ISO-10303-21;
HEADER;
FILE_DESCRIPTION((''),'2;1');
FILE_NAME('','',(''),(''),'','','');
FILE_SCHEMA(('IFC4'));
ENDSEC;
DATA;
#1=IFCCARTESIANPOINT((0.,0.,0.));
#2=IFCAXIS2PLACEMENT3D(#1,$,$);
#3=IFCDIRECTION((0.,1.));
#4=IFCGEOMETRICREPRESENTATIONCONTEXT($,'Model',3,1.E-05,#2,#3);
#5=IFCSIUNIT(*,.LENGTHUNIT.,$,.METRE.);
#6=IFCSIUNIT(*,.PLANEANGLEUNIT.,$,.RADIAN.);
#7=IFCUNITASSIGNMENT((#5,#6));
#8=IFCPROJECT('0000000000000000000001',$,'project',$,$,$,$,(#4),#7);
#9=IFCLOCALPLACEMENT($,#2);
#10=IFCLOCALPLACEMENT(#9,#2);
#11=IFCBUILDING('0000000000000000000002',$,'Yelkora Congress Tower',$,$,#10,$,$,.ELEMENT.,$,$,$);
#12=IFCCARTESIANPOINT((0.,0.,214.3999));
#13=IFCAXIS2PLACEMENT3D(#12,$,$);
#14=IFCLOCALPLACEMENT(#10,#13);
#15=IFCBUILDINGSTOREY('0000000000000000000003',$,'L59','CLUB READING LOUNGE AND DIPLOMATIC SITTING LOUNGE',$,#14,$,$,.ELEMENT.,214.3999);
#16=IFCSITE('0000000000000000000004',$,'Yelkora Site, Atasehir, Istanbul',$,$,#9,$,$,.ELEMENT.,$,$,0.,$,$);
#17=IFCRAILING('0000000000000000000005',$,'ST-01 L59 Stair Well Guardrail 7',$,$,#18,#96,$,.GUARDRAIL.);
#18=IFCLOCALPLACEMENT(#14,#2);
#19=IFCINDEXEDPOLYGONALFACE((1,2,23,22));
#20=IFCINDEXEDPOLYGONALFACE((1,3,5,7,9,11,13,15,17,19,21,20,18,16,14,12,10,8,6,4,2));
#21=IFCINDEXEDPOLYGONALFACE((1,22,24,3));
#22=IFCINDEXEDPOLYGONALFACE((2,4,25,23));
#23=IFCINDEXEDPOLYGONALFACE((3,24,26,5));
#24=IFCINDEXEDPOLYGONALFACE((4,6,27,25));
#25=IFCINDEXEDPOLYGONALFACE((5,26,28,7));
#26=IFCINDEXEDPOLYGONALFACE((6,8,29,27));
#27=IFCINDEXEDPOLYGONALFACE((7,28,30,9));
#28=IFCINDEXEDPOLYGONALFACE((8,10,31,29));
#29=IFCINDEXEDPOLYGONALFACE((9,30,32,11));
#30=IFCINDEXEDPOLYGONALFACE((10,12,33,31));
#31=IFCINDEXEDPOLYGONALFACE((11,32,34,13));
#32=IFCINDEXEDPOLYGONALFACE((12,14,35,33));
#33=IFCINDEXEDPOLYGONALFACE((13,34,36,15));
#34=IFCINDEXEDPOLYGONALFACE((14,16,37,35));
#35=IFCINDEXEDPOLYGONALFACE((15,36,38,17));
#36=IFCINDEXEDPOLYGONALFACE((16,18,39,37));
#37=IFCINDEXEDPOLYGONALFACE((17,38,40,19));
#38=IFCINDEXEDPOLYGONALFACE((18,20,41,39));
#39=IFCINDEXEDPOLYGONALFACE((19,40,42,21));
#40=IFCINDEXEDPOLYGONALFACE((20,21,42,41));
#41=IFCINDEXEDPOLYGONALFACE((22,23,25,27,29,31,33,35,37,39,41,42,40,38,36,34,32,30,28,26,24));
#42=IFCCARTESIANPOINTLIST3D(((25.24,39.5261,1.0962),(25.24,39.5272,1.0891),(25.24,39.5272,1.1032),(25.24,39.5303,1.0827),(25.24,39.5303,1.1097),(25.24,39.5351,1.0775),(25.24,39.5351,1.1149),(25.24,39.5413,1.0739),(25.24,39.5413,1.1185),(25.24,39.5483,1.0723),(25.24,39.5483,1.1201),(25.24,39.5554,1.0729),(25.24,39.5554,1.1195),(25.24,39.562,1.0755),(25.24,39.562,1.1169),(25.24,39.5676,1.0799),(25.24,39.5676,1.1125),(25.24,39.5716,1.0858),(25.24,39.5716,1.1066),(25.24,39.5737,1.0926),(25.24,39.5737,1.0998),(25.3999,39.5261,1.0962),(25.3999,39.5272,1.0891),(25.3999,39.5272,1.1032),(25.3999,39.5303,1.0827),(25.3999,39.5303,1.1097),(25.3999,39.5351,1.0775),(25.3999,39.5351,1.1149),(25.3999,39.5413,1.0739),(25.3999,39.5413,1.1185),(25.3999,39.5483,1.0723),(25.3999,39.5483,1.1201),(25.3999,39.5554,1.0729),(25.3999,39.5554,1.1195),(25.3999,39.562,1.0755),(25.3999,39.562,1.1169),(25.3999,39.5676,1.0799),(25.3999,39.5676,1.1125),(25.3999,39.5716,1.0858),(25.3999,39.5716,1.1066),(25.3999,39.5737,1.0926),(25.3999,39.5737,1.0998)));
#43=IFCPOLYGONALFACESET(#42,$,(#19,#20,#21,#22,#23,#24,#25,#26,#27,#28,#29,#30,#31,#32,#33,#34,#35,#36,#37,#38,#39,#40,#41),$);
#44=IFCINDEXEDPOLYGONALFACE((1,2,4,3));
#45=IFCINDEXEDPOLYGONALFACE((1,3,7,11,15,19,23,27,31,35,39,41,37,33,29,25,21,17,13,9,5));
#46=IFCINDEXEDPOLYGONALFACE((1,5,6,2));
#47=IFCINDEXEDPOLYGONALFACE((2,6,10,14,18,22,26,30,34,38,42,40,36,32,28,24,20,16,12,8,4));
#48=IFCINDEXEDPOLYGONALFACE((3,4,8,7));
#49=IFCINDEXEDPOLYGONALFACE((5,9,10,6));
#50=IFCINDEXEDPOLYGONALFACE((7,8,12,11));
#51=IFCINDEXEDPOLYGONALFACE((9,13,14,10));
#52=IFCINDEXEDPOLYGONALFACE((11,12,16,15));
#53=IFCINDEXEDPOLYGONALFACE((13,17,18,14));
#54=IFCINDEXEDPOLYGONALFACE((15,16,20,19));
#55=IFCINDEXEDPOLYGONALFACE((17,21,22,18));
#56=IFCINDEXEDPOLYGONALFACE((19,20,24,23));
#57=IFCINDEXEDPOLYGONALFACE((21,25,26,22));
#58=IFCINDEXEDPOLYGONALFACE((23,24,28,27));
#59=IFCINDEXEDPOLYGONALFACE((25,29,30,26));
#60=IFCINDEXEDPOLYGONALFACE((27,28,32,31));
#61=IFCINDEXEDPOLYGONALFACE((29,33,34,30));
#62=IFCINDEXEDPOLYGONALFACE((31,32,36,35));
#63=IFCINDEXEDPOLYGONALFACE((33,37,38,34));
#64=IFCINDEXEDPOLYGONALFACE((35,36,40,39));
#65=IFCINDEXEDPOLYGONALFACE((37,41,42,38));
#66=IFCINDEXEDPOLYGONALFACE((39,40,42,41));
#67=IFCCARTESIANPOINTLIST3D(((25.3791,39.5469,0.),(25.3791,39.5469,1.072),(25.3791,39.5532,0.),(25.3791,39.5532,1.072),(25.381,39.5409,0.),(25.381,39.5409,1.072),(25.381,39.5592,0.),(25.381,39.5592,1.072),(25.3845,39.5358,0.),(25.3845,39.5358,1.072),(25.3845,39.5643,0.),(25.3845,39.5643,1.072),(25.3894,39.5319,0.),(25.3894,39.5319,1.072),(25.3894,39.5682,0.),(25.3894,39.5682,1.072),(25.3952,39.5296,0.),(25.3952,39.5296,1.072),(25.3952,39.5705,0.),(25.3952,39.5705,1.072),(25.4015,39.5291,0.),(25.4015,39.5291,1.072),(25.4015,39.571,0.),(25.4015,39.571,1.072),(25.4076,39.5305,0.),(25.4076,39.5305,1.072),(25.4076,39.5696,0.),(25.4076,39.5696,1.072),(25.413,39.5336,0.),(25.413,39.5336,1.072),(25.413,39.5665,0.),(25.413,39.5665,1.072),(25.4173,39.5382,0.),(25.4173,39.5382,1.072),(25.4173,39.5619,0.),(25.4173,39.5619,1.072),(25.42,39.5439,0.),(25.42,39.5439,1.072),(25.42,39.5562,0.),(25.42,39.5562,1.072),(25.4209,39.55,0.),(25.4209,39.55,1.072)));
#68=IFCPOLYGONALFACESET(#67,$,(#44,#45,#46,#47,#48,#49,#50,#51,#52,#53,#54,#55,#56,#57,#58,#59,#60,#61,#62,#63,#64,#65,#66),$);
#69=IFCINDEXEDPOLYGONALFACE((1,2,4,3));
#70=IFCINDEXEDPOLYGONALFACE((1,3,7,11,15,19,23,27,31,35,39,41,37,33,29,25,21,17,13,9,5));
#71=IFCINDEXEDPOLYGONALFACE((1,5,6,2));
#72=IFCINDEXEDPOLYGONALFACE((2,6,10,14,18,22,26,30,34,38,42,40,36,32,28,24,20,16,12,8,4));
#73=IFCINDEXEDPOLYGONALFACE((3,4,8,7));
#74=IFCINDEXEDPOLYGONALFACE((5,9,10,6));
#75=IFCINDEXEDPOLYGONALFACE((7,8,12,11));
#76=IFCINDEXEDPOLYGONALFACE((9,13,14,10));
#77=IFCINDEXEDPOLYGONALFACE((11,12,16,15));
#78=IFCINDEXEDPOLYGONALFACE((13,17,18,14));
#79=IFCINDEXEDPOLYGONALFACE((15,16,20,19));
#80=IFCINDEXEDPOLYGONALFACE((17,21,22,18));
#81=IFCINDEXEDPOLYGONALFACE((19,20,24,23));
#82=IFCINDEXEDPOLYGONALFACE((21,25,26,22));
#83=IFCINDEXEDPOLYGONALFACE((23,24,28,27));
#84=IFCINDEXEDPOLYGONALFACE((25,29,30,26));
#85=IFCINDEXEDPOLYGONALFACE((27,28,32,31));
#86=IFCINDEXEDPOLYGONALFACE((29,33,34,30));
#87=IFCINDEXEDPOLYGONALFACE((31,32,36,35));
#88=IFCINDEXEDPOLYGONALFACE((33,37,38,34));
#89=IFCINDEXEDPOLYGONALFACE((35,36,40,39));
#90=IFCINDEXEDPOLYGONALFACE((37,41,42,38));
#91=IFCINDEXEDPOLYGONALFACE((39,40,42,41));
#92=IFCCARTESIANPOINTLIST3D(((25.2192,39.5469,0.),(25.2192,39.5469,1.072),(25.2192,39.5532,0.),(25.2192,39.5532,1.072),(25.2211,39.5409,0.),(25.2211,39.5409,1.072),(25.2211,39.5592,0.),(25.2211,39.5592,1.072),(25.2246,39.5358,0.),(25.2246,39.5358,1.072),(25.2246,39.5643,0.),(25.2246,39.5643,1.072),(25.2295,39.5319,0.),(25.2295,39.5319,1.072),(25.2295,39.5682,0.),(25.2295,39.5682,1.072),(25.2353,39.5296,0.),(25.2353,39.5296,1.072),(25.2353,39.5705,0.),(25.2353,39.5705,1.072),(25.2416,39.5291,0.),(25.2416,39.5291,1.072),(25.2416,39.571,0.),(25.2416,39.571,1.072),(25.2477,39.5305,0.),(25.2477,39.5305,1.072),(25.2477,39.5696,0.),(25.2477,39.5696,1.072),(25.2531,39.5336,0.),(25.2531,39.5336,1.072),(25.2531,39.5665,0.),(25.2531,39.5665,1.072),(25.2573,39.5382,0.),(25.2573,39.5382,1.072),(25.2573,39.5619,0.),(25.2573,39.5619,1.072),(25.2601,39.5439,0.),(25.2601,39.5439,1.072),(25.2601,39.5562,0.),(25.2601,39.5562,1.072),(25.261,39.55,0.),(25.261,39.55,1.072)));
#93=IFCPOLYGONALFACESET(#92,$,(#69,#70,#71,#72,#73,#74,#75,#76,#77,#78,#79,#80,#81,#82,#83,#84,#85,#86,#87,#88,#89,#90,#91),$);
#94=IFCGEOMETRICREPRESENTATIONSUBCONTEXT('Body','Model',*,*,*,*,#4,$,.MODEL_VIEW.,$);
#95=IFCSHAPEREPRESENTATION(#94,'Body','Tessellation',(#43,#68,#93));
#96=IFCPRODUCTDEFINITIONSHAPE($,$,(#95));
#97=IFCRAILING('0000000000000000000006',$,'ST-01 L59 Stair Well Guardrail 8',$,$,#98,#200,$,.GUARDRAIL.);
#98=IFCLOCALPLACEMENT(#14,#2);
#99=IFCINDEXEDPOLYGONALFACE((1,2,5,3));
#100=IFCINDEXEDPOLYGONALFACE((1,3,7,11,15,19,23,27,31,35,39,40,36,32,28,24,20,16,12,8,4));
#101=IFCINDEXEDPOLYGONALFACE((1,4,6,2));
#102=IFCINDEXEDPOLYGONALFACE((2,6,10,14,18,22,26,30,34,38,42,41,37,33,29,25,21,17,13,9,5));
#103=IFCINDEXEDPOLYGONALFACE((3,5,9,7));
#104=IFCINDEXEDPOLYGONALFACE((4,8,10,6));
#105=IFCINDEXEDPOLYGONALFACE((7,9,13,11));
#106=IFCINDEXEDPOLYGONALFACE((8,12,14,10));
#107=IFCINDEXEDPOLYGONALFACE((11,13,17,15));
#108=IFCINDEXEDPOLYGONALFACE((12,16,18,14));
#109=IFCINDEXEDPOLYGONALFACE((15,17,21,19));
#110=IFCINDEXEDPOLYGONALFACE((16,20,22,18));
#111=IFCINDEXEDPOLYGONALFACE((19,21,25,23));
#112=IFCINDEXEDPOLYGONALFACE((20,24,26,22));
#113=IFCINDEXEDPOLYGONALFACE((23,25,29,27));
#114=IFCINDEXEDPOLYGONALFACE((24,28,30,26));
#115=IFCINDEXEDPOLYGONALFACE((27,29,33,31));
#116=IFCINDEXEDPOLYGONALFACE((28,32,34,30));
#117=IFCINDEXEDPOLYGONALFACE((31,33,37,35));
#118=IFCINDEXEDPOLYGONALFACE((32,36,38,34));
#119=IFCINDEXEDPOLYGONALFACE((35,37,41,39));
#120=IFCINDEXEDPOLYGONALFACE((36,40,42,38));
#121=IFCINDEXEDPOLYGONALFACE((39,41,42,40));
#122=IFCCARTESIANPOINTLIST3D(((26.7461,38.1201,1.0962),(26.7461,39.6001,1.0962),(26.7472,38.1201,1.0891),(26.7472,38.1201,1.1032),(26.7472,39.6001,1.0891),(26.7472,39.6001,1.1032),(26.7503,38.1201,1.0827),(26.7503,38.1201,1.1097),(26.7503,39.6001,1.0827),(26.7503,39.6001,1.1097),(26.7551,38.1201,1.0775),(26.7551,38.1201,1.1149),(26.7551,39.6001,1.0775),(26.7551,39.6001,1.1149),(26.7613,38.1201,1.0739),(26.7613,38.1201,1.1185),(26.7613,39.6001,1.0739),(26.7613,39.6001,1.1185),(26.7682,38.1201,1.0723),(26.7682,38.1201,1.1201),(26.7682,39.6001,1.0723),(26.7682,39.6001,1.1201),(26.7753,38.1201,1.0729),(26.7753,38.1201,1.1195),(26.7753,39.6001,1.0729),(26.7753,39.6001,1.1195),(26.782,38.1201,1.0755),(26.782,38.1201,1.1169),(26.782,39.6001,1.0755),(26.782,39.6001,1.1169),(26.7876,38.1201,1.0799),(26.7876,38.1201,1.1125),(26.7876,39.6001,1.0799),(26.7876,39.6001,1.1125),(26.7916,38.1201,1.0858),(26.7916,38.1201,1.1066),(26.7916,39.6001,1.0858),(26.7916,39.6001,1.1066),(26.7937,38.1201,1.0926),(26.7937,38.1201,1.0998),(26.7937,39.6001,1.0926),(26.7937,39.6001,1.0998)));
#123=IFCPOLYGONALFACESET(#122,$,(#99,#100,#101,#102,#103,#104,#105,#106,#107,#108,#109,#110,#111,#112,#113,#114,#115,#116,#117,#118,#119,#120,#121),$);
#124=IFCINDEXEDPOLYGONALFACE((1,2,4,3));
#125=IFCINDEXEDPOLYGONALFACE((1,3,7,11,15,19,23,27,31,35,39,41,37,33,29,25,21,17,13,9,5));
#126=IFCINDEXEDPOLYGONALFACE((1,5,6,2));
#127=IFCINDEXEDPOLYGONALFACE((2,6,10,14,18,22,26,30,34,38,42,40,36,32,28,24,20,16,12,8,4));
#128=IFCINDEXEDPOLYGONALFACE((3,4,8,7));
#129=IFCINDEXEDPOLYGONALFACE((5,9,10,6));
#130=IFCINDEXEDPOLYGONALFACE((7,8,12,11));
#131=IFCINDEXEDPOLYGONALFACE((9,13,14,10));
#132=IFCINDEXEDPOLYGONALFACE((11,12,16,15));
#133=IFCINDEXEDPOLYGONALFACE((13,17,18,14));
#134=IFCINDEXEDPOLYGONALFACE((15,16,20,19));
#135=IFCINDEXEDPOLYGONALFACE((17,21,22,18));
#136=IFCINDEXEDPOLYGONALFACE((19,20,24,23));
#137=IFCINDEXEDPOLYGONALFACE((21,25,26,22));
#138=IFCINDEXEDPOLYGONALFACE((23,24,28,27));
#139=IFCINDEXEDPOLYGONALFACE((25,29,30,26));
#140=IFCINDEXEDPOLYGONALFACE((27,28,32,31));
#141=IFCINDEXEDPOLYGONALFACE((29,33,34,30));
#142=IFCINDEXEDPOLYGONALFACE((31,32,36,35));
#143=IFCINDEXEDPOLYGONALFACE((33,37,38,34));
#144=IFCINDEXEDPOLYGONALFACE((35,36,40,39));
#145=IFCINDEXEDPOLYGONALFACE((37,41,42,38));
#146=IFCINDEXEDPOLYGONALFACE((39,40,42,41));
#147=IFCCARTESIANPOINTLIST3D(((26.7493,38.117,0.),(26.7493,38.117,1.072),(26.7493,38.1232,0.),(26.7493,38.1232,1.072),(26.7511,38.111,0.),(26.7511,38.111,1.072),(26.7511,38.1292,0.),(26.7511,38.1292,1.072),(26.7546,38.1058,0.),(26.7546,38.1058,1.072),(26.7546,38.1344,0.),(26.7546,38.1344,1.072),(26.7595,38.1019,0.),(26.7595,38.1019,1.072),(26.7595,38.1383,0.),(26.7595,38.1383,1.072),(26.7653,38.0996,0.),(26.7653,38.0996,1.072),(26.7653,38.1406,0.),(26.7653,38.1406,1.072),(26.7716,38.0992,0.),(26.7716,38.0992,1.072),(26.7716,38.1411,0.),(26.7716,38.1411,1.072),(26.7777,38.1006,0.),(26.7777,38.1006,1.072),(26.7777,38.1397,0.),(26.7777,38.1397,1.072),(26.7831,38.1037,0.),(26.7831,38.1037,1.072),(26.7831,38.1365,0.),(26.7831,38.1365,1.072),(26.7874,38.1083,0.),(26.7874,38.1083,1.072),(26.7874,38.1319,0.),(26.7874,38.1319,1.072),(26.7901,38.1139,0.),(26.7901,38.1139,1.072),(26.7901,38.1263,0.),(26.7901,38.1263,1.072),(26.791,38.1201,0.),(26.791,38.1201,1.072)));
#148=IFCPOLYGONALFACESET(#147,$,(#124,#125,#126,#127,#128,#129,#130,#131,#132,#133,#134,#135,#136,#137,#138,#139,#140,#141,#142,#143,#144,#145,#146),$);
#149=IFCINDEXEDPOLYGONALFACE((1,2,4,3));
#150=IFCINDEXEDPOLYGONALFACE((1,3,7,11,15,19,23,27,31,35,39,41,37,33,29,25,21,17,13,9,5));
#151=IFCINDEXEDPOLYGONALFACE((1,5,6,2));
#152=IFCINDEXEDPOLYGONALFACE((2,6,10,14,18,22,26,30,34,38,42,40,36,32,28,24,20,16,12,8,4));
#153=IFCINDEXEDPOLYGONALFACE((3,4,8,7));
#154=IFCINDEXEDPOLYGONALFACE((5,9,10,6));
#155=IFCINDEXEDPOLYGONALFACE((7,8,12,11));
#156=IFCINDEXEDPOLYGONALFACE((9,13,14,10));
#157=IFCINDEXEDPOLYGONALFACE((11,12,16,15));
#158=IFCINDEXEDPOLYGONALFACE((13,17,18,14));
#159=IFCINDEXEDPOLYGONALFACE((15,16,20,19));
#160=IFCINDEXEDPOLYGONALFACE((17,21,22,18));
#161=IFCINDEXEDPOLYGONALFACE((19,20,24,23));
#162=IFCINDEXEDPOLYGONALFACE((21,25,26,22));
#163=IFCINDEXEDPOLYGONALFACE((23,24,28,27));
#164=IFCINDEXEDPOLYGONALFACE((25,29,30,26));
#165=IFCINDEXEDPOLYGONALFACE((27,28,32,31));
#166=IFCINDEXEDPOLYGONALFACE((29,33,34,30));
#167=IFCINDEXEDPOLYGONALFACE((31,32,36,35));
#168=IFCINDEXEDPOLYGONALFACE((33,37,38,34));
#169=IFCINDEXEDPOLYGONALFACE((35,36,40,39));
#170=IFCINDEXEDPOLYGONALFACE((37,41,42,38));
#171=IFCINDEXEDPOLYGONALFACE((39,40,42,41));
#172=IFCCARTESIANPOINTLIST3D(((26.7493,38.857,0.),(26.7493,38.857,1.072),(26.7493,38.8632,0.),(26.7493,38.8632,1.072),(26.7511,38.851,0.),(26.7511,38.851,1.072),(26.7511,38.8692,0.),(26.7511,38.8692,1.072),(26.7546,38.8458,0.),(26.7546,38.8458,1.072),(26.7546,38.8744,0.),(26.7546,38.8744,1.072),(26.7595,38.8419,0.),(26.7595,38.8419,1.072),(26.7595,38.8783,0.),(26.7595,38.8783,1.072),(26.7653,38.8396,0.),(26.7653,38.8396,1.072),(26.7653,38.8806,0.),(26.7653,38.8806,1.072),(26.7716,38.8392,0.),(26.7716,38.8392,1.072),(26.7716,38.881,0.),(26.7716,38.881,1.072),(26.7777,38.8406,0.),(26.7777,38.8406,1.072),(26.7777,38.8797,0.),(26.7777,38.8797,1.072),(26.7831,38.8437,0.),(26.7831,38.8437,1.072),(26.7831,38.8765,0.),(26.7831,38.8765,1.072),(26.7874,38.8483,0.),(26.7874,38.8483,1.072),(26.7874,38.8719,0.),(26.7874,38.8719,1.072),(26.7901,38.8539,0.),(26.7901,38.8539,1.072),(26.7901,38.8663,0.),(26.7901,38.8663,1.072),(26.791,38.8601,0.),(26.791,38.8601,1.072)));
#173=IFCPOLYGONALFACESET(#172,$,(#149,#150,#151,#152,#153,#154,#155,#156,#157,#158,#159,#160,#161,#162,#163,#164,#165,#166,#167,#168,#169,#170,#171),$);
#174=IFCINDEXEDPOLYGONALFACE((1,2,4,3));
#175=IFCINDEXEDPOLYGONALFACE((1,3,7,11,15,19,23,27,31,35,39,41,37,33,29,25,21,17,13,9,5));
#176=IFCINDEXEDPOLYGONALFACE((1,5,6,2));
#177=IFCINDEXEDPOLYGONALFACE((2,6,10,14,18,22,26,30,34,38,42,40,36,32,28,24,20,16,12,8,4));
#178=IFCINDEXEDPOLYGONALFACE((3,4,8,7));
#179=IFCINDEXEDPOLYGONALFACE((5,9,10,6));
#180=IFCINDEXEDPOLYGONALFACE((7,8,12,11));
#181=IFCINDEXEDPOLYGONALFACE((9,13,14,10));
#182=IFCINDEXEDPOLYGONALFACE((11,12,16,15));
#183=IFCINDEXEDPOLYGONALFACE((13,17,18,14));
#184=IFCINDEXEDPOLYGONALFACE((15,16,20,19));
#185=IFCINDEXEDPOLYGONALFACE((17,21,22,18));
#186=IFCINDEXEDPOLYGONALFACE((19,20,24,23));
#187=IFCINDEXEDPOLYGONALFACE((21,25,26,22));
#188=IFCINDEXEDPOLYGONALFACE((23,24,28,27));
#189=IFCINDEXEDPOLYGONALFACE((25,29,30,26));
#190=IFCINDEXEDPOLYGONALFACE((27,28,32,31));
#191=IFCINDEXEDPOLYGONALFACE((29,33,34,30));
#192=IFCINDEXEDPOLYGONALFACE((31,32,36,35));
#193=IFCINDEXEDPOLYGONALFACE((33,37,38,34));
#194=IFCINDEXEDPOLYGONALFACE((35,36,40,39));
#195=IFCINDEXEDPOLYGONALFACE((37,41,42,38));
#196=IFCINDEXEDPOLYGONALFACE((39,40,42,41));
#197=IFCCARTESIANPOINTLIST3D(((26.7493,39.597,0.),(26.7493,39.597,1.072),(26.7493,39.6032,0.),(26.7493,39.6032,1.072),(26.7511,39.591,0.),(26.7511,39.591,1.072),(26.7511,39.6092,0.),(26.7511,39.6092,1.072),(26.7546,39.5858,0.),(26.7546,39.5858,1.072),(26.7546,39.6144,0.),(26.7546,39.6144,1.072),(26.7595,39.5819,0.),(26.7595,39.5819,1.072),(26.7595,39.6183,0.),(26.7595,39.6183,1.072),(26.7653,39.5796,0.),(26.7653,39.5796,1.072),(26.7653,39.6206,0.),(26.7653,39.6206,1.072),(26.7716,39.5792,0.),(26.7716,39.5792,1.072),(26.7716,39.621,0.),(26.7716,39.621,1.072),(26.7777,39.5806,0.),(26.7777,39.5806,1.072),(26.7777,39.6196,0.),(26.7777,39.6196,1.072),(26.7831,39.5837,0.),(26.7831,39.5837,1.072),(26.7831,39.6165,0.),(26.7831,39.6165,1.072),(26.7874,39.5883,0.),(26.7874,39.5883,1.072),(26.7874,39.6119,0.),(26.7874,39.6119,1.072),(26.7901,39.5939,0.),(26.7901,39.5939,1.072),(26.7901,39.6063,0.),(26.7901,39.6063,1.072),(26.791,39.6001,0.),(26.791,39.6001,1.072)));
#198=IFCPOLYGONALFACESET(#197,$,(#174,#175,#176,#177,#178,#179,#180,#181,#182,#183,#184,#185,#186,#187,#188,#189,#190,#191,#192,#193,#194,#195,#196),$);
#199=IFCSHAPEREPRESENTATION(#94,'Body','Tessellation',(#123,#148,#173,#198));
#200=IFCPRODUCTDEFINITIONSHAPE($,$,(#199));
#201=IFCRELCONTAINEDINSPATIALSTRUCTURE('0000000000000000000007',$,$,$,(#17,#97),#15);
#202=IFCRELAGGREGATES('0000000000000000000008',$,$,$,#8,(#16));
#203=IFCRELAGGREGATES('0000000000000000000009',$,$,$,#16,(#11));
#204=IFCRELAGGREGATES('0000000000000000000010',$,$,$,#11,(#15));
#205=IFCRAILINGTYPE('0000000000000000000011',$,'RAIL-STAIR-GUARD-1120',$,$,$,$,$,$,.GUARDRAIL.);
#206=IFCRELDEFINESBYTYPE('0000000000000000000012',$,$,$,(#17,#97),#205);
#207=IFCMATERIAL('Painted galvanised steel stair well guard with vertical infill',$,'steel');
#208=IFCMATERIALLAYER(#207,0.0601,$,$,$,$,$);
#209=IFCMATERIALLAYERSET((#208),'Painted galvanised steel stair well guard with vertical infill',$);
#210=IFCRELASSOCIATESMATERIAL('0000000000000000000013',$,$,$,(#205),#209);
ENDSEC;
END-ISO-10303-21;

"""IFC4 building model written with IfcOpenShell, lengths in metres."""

from ifc_helpers import new_model, si_unit, direction, frame, origin, origin_2d, place, context, subcontext, project, spatial, circle, extrude, material, layer, layer_set, type_object, element, save


model = new_model("IFC4")

# Units and contexts
model_context = context("Model", 3, precision=1e-05, world=origin(), true_north=direction((0.0, 1.0)))
body_context = subcontext(model_context, "Body", "Model", "MODEL_VIEW")
ifc_project = project(units=[si_unit("LENGTHUNIT", "METRE"), si_unit("PLANEANGLEUNIT", "RADIAN")], contexts=[model_context])

# Site, building, storey
site_placement = place(None, origin())
site = spatial("IfcSite", under=ifc_project, at=site_placement, Name="Yelkora Site, Atasehir, Istanbul", CompositionType="ELEMENT", RefElevation=0.0)
building_placement = place(site_placement, origin())
building = spatial("IfcBuilding", under=site, at=building_placement, Name="Yelkora Congress Tower", CompositionType="ELEMENT")
storey_placement = place(building_placement, frame((0.0, 0.0, 214.3999)))
storey = spatial("IfcBuildingStorey", under=building, at=storey_placement, Name="L59", Description="CLUB READING LOUNGE AND DIPLOMATIC SITTING LOUNGE", CompositionType="ELEMENT", Elevation=214.3999)

# Railings
ifc_material_1 = material(Name="Painted galvanised steel stair well guard with vertical infill", Category="steel")
ifc_layer_1 = layer(ifc_material_1, 0.0601)
ifc_layer_set_1 = layer_set([ifc_layer_1], Name="Painted galvanised steel stair well guard with vertical infill")
railing_type_1 = type_object("IfcRailingType", Name="RAIL-STAIR-GUARD-1120", PredefinedType="GUARDRAIL", material=ifc_layer_set_1)
railing_1_placement = place(storey_placement, frame((25.3999, 39.55, 0.0)))
element("IfcRailing", 1, at=railing_1_placement, inside=storey, type_object=railing_type_1, Name="ST-01 L59 Stair Well Guardrail 7", PredefinedType="GUARDRAIL", context=body_context, shape_type="SweptSolid", body=[
    extrude(circle(Radius=0.0239, at=origin_2d()), frame((0.0, 0.0, 1.0962), z_axis=(-1.0, 0.0, 0.0), x_axis=(0.0, -1.0, 0.0)), (0.0, 0.0, 1.0), 0.1599),
    extrude(circle(Radius=0.021, at=origin_2d()), origin(), (0.0, 0.0, 1.0), 1.072),
    extrude(circle(Radius=0.021, at=origin_2d()), frame((-0.1599, 0.0, 0.0)), (0.0, 0.0, 1.0), 1.072),
])
railing_2_placement = place(storey_placement, frame((26.77, 38.1201, 0.0)))
element("IfcRailing", 2, at=railing_2_placement, inside=storey, type_object=railing_type_1, Name="ST-01 L59 Stair Well Guardrail 8", PredefinedType="GUARDRAIL", context=body_context, shape_type="SweptSolid", body=[
    extrude(circle(Radius=0.0239, at=origin_2d()), frame((0.0, 0.0, 1.0962), z_axis=(0.0, 1.0, 0.0), x_axis=(-1.0, 0.0, 0.0)), (0.0, 0.0, 1.0), 1.48),
    extrude(circle(Radius=0.021, at=origin_2d()), origin(), (0.0, 0.0, 1.0), 1.072),
    extrude(circle(Radius=0.021, at=origin_2d()), frame((0.0, 0.74, 0.0)), (0.0, 0.0, 1.0), 1.072),
    extrude(circle(Radius=0.021, at=origin_2d()), frame((0.0, 1.48, 0.0)), (0.0, 0.0, 1.0), 1.072),
])

save(model, "model.ifc")
